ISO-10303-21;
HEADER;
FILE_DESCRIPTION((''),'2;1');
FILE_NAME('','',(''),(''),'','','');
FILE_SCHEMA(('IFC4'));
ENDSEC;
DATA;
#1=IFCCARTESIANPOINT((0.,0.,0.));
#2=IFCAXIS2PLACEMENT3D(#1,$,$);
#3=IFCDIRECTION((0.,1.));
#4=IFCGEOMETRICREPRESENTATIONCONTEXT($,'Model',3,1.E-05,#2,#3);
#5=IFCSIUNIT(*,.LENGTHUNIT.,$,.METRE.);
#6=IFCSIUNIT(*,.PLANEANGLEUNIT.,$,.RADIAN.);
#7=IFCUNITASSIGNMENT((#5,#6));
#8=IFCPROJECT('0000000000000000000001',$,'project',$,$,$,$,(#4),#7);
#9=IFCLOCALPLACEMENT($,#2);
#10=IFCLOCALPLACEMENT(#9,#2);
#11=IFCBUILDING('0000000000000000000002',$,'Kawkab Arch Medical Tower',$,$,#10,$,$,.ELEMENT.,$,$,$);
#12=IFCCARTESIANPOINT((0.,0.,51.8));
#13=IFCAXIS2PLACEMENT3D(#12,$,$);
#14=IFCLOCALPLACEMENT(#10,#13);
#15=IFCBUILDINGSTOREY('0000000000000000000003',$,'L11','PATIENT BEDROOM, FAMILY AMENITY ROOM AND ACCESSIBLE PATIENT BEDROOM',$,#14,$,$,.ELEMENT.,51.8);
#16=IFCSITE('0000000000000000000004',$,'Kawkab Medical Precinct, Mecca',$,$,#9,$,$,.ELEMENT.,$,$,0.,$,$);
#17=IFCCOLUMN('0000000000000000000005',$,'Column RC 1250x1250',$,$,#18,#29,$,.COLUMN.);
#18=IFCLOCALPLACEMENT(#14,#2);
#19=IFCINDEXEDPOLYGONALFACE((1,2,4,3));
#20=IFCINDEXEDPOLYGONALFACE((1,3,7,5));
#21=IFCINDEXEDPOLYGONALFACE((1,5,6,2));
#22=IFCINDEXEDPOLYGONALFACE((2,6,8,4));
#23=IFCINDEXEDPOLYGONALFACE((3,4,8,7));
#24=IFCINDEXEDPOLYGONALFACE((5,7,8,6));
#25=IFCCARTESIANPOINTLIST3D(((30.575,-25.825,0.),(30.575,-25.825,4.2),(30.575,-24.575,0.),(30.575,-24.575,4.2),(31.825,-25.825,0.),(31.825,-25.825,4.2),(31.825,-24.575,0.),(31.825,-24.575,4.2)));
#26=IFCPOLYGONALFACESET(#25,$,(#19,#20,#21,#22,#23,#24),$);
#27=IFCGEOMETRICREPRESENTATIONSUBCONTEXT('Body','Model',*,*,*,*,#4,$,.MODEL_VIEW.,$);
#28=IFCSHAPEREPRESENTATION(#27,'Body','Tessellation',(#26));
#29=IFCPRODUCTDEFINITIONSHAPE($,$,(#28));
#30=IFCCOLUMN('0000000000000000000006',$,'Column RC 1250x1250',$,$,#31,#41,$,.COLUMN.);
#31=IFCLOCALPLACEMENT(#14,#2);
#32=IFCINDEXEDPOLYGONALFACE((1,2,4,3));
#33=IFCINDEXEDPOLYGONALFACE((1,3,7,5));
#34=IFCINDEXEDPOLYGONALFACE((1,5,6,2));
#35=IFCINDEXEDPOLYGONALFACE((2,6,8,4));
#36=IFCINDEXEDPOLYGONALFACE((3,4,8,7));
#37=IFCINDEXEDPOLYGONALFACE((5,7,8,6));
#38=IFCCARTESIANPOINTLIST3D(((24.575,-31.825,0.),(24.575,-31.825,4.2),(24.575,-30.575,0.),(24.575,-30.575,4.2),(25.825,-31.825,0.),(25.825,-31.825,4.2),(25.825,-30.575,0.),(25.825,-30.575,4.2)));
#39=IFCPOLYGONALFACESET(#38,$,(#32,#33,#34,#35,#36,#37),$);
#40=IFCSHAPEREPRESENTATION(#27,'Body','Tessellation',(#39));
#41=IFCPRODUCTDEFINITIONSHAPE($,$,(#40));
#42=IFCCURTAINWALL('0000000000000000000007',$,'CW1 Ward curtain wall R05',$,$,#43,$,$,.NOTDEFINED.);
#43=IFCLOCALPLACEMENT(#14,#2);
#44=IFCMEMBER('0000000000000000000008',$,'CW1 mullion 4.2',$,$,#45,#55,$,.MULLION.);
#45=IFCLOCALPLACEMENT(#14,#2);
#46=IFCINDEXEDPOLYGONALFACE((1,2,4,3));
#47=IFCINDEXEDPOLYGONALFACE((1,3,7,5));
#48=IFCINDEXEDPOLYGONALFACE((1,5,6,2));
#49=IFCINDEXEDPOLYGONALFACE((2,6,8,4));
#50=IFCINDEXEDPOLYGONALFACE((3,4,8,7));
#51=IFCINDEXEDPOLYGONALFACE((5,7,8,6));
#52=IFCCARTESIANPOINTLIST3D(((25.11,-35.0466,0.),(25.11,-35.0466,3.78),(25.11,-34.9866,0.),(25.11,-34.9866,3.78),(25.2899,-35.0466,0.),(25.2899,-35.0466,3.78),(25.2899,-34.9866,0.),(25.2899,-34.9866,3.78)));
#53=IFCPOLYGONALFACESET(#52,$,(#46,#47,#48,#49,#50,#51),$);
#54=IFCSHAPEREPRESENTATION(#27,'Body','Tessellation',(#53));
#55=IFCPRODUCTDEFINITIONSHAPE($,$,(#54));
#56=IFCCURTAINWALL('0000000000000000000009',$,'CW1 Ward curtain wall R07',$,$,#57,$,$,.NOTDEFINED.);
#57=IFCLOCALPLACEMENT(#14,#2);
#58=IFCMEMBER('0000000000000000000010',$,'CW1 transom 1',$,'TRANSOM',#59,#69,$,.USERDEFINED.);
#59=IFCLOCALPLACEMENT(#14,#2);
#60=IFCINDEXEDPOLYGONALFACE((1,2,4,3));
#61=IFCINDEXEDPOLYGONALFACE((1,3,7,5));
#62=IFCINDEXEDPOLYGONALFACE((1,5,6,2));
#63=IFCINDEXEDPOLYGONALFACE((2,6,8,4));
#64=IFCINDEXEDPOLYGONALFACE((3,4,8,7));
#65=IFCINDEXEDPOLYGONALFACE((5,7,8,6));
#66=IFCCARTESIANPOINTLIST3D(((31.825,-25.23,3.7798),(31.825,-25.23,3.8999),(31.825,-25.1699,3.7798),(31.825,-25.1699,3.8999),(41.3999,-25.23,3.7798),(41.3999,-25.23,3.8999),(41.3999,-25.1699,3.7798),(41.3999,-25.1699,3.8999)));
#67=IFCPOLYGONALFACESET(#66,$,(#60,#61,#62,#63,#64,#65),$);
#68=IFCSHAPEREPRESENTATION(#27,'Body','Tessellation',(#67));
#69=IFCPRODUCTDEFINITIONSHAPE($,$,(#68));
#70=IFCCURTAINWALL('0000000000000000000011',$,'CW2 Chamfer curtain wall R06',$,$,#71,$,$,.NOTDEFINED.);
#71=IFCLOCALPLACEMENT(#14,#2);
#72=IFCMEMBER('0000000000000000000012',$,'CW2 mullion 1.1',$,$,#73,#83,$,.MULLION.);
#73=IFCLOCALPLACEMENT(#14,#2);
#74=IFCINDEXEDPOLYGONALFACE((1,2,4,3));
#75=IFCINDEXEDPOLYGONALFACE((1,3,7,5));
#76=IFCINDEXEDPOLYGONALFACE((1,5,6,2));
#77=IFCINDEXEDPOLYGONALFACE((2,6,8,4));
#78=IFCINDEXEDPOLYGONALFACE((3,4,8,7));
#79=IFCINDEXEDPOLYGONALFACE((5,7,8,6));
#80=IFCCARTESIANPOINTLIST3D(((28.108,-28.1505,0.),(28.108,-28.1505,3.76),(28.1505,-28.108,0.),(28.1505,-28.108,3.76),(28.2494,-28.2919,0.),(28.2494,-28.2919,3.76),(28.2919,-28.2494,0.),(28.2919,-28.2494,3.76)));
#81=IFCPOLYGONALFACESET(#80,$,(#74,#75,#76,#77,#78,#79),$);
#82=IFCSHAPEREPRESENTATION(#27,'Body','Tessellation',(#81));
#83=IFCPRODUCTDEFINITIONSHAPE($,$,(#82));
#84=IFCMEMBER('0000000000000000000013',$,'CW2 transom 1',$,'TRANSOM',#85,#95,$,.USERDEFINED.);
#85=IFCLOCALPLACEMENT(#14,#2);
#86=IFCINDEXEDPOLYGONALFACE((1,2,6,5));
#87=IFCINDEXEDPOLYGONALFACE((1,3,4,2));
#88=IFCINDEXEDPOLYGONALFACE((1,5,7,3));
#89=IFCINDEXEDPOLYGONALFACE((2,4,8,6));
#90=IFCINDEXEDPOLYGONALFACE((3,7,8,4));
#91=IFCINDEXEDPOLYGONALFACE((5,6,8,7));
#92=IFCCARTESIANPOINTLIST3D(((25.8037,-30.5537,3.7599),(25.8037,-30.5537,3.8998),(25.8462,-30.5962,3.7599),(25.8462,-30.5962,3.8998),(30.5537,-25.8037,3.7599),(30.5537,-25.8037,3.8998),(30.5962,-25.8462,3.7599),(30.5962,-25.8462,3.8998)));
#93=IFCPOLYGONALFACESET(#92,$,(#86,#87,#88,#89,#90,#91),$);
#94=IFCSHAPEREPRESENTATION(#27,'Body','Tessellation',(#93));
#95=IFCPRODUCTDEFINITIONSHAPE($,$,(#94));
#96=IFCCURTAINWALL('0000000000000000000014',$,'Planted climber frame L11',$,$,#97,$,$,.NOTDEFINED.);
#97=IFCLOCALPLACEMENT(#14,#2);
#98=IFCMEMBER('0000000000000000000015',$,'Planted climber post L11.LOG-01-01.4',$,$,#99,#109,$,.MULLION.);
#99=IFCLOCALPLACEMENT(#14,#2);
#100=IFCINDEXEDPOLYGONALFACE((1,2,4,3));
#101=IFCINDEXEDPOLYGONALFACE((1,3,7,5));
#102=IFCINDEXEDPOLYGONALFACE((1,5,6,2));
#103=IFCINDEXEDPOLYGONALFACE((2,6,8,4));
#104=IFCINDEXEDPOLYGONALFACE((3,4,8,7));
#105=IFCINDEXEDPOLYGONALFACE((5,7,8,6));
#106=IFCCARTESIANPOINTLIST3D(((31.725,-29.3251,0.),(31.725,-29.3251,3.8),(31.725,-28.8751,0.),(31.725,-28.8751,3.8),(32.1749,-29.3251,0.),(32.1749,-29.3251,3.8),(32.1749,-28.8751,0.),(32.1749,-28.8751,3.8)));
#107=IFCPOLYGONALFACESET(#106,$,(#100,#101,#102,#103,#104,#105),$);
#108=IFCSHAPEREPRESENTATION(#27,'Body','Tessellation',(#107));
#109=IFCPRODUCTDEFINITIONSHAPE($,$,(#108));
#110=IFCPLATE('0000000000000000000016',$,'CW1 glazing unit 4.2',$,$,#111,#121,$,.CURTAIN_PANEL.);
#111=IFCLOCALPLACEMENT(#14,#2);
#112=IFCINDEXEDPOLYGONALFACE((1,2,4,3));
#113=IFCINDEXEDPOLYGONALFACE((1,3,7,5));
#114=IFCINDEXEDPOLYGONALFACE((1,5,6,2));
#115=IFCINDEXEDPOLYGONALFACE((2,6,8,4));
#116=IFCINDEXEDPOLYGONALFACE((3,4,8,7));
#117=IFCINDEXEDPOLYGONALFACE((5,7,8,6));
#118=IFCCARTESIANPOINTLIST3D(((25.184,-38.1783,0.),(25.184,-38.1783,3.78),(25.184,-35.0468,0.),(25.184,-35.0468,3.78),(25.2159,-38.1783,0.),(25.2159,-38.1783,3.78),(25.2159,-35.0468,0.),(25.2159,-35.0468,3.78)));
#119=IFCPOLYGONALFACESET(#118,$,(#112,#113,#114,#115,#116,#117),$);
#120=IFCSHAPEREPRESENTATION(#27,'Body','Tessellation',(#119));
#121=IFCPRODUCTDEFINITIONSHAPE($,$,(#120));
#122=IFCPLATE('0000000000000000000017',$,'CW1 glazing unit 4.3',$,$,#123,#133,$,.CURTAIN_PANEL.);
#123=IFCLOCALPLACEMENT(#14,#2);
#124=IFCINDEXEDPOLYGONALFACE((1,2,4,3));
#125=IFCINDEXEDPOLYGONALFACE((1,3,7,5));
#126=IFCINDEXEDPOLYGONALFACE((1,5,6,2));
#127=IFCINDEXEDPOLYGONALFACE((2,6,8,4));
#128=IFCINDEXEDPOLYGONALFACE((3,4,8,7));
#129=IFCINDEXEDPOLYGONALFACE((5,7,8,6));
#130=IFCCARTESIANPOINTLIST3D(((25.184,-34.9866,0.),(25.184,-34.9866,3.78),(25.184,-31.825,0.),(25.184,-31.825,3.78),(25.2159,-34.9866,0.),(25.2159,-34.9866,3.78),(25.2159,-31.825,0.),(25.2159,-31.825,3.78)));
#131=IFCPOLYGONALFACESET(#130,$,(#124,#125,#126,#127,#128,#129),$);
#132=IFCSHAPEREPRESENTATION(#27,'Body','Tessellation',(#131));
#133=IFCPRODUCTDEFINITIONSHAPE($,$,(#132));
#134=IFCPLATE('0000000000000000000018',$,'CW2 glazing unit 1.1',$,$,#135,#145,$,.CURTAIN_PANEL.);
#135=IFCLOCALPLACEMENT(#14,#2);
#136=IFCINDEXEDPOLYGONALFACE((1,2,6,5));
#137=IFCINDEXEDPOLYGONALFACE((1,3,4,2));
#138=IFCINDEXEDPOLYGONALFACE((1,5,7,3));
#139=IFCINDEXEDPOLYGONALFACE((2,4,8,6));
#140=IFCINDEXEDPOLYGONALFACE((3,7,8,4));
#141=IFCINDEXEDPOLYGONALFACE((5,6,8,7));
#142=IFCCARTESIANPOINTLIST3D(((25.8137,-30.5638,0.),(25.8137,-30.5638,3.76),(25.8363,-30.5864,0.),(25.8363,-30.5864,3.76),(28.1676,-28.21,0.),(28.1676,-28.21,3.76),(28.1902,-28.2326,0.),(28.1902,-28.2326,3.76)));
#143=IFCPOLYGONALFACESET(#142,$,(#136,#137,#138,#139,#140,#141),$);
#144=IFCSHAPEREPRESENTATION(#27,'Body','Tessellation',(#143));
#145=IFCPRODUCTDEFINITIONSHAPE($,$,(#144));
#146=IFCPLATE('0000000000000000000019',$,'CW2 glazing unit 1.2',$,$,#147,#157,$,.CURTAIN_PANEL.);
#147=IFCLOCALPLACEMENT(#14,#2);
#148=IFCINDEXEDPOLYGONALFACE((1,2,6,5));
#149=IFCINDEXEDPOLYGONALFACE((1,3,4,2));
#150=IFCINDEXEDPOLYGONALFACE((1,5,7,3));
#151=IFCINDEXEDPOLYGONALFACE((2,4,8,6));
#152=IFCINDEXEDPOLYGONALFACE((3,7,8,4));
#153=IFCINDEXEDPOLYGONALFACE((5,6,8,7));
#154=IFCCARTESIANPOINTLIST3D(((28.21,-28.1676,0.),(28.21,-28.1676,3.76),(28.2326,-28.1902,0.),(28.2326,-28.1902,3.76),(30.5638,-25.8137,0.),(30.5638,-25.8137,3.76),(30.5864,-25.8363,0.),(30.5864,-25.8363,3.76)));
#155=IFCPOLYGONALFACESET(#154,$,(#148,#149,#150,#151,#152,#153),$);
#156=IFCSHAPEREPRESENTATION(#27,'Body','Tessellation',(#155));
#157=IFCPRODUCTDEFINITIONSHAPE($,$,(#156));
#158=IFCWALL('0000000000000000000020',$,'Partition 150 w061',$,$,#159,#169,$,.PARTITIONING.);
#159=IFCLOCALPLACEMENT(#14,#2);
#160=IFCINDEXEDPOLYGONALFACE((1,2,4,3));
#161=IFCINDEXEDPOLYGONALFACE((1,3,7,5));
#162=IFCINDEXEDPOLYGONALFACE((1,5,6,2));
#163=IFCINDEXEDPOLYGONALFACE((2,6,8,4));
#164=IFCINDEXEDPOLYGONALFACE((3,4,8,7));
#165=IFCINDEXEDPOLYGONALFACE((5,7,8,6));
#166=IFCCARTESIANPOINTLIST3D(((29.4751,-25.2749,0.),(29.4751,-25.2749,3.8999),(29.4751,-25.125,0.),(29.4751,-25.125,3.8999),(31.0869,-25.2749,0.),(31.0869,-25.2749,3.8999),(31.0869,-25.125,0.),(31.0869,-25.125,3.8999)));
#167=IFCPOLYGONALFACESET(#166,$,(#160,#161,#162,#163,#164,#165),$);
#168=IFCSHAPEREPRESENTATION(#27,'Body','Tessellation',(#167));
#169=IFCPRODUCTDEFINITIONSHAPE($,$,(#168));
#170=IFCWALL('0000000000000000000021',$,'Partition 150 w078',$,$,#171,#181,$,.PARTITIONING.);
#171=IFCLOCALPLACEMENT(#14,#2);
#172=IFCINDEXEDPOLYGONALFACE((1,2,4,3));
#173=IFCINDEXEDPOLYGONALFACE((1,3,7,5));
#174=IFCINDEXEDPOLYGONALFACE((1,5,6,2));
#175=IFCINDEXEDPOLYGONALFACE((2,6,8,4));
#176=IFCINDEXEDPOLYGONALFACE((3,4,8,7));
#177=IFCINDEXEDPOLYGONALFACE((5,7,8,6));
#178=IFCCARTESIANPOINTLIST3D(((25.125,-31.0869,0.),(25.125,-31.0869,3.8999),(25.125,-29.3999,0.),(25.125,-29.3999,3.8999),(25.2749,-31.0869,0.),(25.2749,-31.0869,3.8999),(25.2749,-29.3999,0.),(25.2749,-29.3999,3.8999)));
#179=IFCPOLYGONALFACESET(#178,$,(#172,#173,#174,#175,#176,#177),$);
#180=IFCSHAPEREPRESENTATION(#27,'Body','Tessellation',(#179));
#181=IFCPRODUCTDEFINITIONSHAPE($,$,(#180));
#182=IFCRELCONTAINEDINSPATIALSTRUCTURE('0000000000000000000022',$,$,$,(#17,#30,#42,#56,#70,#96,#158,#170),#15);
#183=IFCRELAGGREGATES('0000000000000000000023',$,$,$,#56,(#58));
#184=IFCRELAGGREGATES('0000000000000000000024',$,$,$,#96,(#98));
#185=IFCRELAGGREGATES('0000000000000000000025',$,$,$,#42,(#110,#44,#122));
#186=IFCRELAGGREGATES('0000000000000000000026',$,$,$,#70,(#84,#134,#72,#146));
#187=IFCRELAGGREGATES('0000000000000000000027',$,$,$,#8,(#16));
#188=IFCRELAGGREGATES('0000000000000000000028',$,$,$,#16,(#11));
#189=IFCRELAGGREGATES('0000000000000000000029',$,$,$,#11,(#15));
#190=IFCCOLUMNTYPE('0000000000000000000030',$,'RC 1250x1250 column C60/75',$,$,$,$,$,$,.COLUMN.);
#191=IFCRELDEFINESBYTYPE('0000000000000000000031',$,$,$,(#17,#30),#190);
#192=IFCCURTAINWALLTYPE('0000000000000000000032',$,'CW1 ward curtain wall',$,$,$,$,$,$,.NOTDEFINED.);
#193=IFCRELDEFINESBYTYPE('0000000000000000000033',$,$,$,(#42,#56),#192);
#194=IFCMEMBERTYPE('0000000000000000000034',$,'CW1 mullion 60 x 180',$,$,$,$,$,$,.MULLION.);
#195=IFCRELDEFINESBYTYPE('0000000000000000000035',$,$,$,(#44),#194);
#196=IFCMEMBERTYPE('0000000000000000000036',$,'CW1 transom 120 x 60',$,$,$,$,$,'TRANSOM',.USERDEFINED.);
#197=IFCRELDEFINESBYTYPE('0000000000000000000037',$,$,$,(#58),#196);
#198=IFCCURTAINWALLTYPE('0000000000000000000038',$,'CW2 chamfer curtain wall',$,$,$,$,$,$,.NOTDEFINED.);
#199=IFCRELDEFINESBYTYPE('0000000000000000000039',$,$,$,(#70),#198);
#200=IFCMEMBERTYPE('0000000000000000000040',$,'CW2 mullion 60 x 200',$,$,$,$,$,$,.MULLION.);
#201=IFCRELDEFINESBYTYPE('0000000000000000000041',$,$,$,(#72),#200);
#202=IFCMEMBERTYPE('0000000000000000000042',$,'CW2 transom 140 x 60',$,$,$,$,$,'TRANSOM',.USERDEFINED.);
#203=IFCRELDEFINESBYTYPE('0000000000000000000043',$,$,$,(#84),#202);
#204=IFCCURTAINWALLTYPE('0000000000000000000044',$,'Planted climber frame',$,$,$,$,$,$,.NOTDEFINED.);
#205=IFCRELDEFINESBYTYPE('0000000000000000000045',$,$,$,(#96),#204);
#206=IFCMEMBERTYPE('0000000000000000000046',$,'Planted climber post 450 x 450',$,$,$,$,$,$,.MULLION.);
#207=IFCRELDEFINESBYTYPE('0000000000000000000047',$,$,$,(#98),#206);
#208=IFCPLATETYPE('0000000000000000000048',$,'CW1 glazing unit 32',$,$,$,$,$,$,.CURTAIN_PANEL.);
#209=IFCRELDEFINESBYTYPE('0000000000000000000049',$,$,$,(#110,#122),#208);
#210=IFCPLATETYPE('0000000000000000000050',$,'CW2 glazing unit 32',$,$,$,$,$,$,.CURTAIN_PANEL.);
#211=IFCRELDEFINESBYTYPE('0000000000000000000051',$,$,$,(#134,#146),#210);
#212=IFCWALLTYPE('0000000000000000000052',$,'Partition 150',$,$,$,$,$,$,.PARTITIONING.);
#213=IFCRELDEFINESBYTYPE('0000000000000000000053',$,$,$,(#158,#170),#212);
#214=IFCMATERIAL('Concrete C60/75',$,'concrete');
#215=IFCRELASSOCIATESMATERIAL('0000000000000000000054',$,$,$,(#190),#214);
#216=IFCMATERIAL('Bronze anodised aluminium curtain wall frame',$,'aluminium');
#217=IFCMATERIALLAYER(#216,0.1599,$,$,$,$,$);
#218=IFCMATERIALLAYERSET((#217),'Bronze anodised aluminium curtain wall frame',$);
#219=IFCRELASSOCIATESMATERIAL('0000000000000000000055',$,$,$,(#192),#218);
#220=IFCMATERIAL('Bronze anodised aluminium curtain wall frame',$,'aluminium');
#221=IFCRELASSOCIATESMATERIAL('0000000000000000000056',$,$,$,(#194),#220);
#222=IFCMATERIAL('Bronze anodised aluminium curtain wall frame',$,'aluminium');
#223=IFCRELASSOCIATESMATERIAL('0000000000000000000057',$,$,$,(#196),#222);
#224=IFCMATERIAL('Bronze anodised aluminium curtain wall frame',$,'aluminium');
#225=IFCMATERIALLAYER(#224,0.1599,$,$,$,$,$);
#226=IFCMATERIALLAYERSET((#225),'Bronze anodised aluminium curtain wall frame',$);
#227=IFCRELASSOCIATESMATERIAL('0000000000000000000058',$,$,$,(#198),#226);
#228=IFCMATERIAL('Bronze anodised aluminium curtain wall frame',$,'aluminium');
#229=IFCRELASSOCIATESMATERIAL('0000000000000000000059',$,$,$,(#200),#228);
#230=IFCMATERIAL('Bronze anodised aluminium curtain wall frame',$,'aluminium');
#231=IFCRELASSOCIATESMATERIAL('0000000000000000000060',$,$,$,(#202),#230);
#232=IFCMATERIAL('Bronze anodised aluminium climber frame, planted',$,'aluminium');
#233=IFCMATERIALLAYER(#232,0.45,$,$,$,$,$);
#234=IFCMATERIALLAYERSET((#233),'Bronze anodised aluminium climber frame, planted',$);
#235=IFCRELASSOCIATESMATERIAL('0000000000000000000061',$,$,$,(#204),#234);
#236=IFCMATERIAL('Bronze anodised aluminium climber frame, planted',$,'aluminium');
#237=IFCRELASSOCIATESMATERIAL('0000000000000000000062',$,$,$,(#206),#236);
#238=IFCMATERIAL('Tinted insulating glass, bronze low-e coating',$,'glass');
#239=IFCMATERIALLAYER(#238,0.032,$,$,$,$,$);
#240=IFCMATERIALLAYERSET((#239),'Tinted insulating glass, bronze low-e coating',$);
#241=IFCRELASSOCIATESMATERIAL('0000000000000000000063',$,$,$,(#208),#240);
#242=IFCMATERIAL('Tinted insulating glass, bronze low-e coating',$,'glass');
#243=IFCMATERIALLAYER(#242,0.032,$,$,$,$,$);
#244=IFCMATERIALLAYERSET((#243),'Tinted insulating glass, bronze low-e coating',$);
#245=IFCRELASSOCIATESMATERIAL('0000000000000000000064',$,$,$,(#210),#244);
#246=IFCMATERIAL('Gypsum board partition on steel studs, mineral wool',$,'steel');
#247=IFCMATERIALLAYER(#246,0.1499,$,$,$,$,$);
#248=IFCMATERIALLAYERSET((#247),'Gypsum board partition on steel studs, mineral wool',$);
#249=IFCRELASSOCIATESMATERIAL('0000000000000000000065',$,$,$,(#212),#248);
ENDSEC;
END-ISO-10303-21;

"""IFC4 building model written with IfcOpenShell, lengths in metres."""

from ifc_helpers import new_model, si_unit, direction, frame, frame_2d, origin, origin_2d, place, context, subcontext, project, spatial, rectangle, extrude, material, layer, layer_set, material_profile, profile_set, type_object, element, aggregate, save


model = new_model("IFC4")

# Units and contexts
model_context = context("Model", 3, precision=1e-05, world=origin(), true_north=direction((0.0, 1.0)))
body_context = subcontext(model_context, "Body", "Model", "MODEL_VIEW")
ifc_project = project(units=[si_unit("LENGTHUNIT", "METRE"), si_unit("PLANEANGLEUNIT", "RADIAN")], contexts=[model_context])

# Site, building, storey
site_placement = place(None, origin())
site = spatial("IfcSite", under=ifc_project, at=site_placement, Name="Kawkab Medical Precinct, Mecca", CompositionType="ELEMENT", RefElevation=0.0)
building_placement = place(site_placement, origin())
building = spatial("IfcBuilding", under=site, at=building_placement, Name="Kawkab Arch Medical Tower", CompositionType="ELEMENT")
storey_placement = place(building_placement, frame((0.0, 0.0, 51.8)))
storey = spatial("IfcBuildingStorey", under=building, at=storey_placement, Name="L11", Description="PATIENT BEDROOM, FAMILY AMENITY ROOM AND ACCESSIBLE PATIENT BEDROOM", CompositionType="ELEMENT", Elevation=51.8)

# Columns
ifc_material_1 = material(Name="Concrete C60/75", Category="concrete")
ifc_material_profile_1 = material_profile(ifc_material_1, rectangle(XDim=1.25, YDim=1.25, at=origin_2d()), Name="RC 1250x1250")
ifc_profile_set_1 = profile_set([ifc_material_profile_1], Name="Concrete C60/75")
column_type = type_object("IfcColumnType", Name="RC 1250x1250 column C60/75", PredefinedType="COLUMN", material=ifc_profile_set_1)
for number, where, z_axis, x_axis, name in (
    (1, (31.2, -25.2, 0.0), (0.0, 0.0, 1.0), (1.0, 0.0, 0.0), "Column RC 1250x1250"),
    (2, (25.2, -31.2, 0.0), (0.0, 0.0, 1.0), (1.0, 0.0, 0.0), "Column RC 1250x1250"),
):
    element("IfcColumn", number, at=place(storey_placement, frame(where, z_axis=z_axis, x_axis=x_axis)), inside=storey, type_object=column_type, Name=name, PredefinedType="COLUMN", context=body_context, shape_type="SweptSolid", body=[
        extrude(rectangle(XDim=1.25, YDim=1.25, at=origin_2d()), origin(), (0.0, 0.0, 1.0), 4.2),
    ])

# Curtain walls, members
ifc_material_2 = material(Name="Bronze anodised aluminium curtain wall frame", Category="aluminium")
ifc_layer_1 = layer(ifc_material_2, 0.1599)
ifc_layer_set_1 = layer_set([ifc_layer_1], Name="Bronze anodised aluminium curtain wall frame")
curtain_wall_type_1 = type_object("IfcCurtainWallType", Name="CW1 ward curtain wall", PredefinedType="NOTDEFINED", material=ifc_layer_set_1)
placement = place(storey_placement, origin())
curtain_wall_1 = element("IfcCurtainWall", 3, at=placement, inside=storey, type_object=curtain_wall_type_1, Name="CW1 Ward curtain wall R05", PredefinedType="NOTDEFINED")
ifc_material_3 = material(Name="Bronze anodised aluminium curtain wall frame", Category="aluminium")
ifc_material_profile_2 = material_profile(ifc_material_3, rectangle(XDim=0.1799, YDim=0.0601, at=origin_2d()), Name="AL 60x180")
ifc_profile_set_2 = profile_set([ifc_material_profile_2], Name="Bronze anodised aluminium curtain wall frame")
member_type_1 = type_object("IfcMemberType", Name="CW1 mullion 60 x 180", PredefinedType="MULLION", material=ifc_profile_set_2)
member_1_placement = place(storey_placement, frame((25.2, -35.0166, 0.0), z_axis=(0.0, 0.0, 1.0), x_axis=(-1.0, 0.0, 0.0)))
member_1 = element("IfcMember", 4, at=member_1_placement, type_object=member_type_1, Name="CW1 mullion 4.2", PredefinedType="MULLION", context=body_context, shape_type="SweptSolid", body=[
    extrude(rectangle(XDim=0.1799, YDim=0.0601, at=origin_2d()), origin(), (0.0, 0.0, 1.0), 3.78),
])
curtain_wall_2 = element("IfcCurtainWall", 5, at=placement, inside=storey, type_object=curtain_wall_type_1, Name="CW1 Ward curtain wall R07", PredefinedType="NOTDEFINED")
ifc_material_4 = material(Name="Bronze anodised aluminium curtain wall frame", Category="aluminium")
ifc_material_profile_3 = material_profile(ifc_material_4, rectangle(XDim=0.0601, YDim=0.1201, at=origin_2d()), Name="AL 60x120")
ifc_profile_set_3 = profile_set([ifc_material_profile_3], Name="Bronze anodised aluminium curtain wall frame")
member_type_2 = type_object("IfcMemberType", Name="CW1 transom 120 x 60", ElementType="TRANSOM", PredefinedType="USERDEFINED", material=ifc_profile_set_3)
member_2_placement = place(storey_placement, frame((31.825, -25.2, 3.8398), z_axis=(1.0, 0.0, 0.0), x_axis=(0.0, 1.0, 0.0)))
member_2 = element("IfcMember", 6, at=member_2_placement, type_object=member_type_2, Name="CW1 transom 1", ObjectType="TRANSOM", PredefinedType="USERDEFINED", context=body_context, shape_type="SweptSolid", body=[
    extrude(rectangle(XDim=0.0601, YDim=0.1201, at=origin_2d()), origin(), (0.0, 0.0, 1.0), 9.575),
])
aggregate(curtain_wall_2, [member_2])

# Curtain wall, members
ifc_material_5 = material(Name="Bronze anodised aluminium curtain wall frame", Category="aluminium")
ifc_layer_2 = layer(ifc_material_5, 0.1599)
ifc_layer_set_2 = layer_set([ifc_layer_2], Name="Bronze anodised aluminium curtain wall frame")
curtain_wall_type_2 = type_object("IfcCurtainWallType", Name="CW2 chamfer curtain wall", PredefinedType="NOTDEFINED", material=ifc_layer_set_2)
curtain_wall_3 = element("IfcCurtainWall", 7, at=placement, inside=storey, type_object=curtain_wall_type_2, Name="CW2 Chamfer curtain wall R06", PredefinedType="NOTDEFINED")
ifc_material_6 = material(Name="Bronze anodised aluminium curtain wall frame", Category="aluminium")
ifc_material_profile_4 = material_profile(ifc_material_6, rectangle(XDim=0.2, YDim=0.0601, at=origin_2d()), Name="AL 60x200")
ifc_profile_set_4 = profile_set([ifc_material_profile_4], Name="Bronze anodised aluminium curtain wall frame")
member_type_3 = type_object("IfcMemberType", Name="CW2 mullion 60 x 200", PredefinedType="MULLION", material=ifc_profile_set_4)
member_3_placement = place(storey_placement, frame((28.2, -28.2, 0.0), z_axis=(0.0, 0.0, 1.0), x_axis=(-0.707107, 0.707107, 0.0)))
member_3 = element("IfcMember", 8, at=member_3_placement, type_object=member_type_3, Name="CW2 mullion 1.1", PredefinedType="MULLION", context=body_context, shape_type="SweptSolid", body=[
    extrude(rectangle(XDim=0.2, YDim=0.0601, at=origin_2d()), origin(), (0.0, 0.0, 1.0), 3.76),
])
ifc_material_7 = material(Name="Bronze anodised aluminium curtain wall frame", Category="aluminium")
ifc_material_profile_5 = material_profile(ifc_material_7, rectangle(XDim=0.0601, YDim=0.1399, at=origin_2d()), Name="AL 60x140")
ifc_profile_set_5 = profile_set([ifc_material_profile_5], Name="Bronze anodised aluminium curtain wall frame")
member_type_4 = type_object("IfcMemberType", Name="CW2 transom 140 x 60", ElementType="TRANSOM", PredefinedType="USERDEFINED", material=ifc_profile_set_5)
member_4_placement = place(storey_placement, frame((25.825, -30.575, 3.8298), z_axis=(0.707107, 0.707107, 0.0), x_axis=(-0.707107, 0.707107, 0.0)))
member_4 = element("IfcMember", 9, at=member_4_placement, type_object=member_type_4, Name="CW2 transom 1", ObjectType="TRANSOM", PredefinedType="USERDEFINED", context=body_context, shape_type="SweptSolid", body=[
    extrude(rectangle(XDim=0.0601, YDim=0.1399, at=origin_2d()), origin(), (0.0, 0.0, 1.0), 6.7175),
])

# Curtain wall, member
ifc_material_8 = material(Name="Bronze anodised aluminium climber frame, planted", Category="aluminium")
ifc_layer_3 = layer(ifc_material_8, 0.45)
ifc_layer_set_3 = layer_set([ifc_layer_3], Name="Bronze anodised aluminium climber frame, planted")
curtain_wall_type_3 = type_object("IfcCurtainWallType", Name="Planted climber frame", PredefinedType="NOTDEFINED", material=ifc_layer_set_3)
curtain_wall_4 = element("IfcCurtainWall", 10, at=placement, inside=storey, type_object=curtain_wall_type_3, Name="Planted climber frame L11", PredefinedType="NOTDEFINED")
ifc_material_9 = material(Name="Bronze anodised aluminium climber frame, planted", Category="aluminium")
ifc_material_profile_6 = material_profile(ifc_material_9, rectangle(XDim=0.45, YDim=0.45, at=origin_2d()), Name="Post 450x450")
ifc_profile_set_6 = profile_set([ifc_material_profile_6], Name="Bronze anodised aluminium climber frame, planted")
member_type_5 = type_object("IfcMemberType", Name="Planted climber post 450 x 450", PredefinedType="MULLION", material=ifc_profile_set_6)
member_5_placement = place(storey_placement, frame((31.95, -29.1001, 0.0), z_axis=(0.0, 0.0, 1.0), x_axis=(1.0, 0.0, 0.0)))
member_5 = element("IfcMember", 11, at=member_5_placement, type_object=member_type_5, Name="Planted climber post L11.LOG-01-01.4", PredefinedType="MULLION", context=body_context, shape_type="SweptSolid", body=[
    extrude(rectangle(XDim=0.45, YDim=0.45, at=origin_2d()), origin(), (0.0, 0.0, 1.0), 3.8),
])
aggregate(curtain_wall_4, [member_5])

# Plates
ifc_material_10 = material(Name="Tinted insulating glass, bronze low-e coating", Category="glass")
ifc_layer_4 = layer(ifc_material_10, 0.032)
ifc_layer_set_4 = layer_set([ifc_layer_4], Name="Tinted insulating glass, bronze low-e coating")
plate_type_1 = type_object("IfcPlateType", Name="CW1 glazing unit 32", PredefinedType="CURTAIN_PANEL", material=ifc_layer_set_4)
plate_1_placement = place(storey_placement, frame((25.2, -36.6125, 0.0), z_axis=(0.0, 0.0, 1.0), x_axis=(0.0, 1.0, 0.0)))
plate_1 = element("IfcPlate", 12, at=plate_1_placement, type_object=plate_type_1, Name="CW1 glazing unit 4.2", PredefinedType="CURTAIN_PANEL", context=body_context, shape_type="SweptSolid", body=[
    extrude(rectangle(XDim=3.1316, YDim=0.032, at=origin_2d()), origin(), (0.0, 0.0, 1.0), 3.78),
])
plate_2_placement = place(storey_placement, frame((25.2, -33.4058, 0.0), z_axis=(0.0, 0.0, 1.0), x_axis=(0.0, 1.0, 0.0)))
plate_2 = element("IfcPlate", 13, at=plate_2_placement, type_object=plate_type_1, Name="CW1 glazing unit 4.3", PredefinedType="CURTAIN_PANEL", context=body_context, shape_type="SweptSolid", body=[
    extrude(rectangle(XDim=3.1616, YDim=0.032, at=origin_2d()), origin(), (0.0, 0.0, 1.0), 3.78),
])
aggregate(curtain_wall_1, [plate_1, member_1, plate_2])
ifc_material_11 = material(Name="Tinted insulating glass, bronze low-e coating", Category="glass")
ifc_layer_5 = layer(ifc_material_11, 0.032)
ifc_layer_set_5 = layer_set([ifc_layer_5], Name="Tinted insulating glass, bronze low-e coating")
plate_type_2 = type_object("IfcPlateType", Name="CW2 glazing unit 32", PredefinedType="CURTAIN_PANEL", material=ifc_layer_set_5)
plate_3_placement = place(storey_placement, frame((27.002, -29.3982, 0.0), z_axis=(0.0, 0.0, 1.0), x_axis=(0.707107, 0.707107, 0.0)))
plate_3 = element("IfcPlate", 14, at=plate_3_placement, type_object=plate_type_2, Name="CW2 glazing unit 1.1", PredefinedType="CURTAIN_PANEL", context=body_context, shape_type="SweptSolid", body=[
    extrude(rectangle(XDim=3.3289, YDim=0.032, at=origin_2d()), origin(), (0.0, 0.0, 1.0), 3.76),
])
plate_4_placement = place(storey_placement, frame((29.3982, -27.002, 0.0), z_axis=(0.0, 0.0, 1.0), x_axis=(0.707107, 0.707107, 0.0)))
plate_4 = element("IfcPlate", 15, at=plate_4_placement, type_object=plate_type_2, Name="CW2 glazing unit 1.2", PredefinedType="CURTAIN_PANEL", context=body_context, shape_type="SweptSolid", body=[
    extrude(rectangle(XDim=3.3289, YDim=0.032, at=origin_2d()), origin(), (0.0, 0.0, 1.0), 3.76),
])
aggregate(curtain_wall_3, [member_4, plate_3, member_3, plate_4])

# Walls
ifc_material_12 = material(Name="Gypsum board partition on steel studs, mineral wool", Category="steel")
ifc_layer_6 = layer(ifc_material_12, 0.1499)
ifc_layer_set_6 = layer_set([ifc_layer_6], Name="Gypsum board partition on steel studs, mineral wool")
wall_type = type_object("IfcWallType", Name="Partition 150", PredefinedType="PARTITIONING", material=ifc_layer_set_6)
wall_1_placement = place(storey_placement, frame((29.4751, -25.2, 0.0), z_axis=(0.0, 0.0, 1.0), x_axis=(1.0, 0.0, 0.0)))
element("IfcWall", 16, at=wall_1_placement, inside=storey, type_object=wall_type, Name="Partition 150 w061", PredefinedType="PARTITIONING", context=body_context, shape_type="SweptSolid", body=[
    extrude(rectangle(XDim=1.6118, YDim=0.1499, at=frame_2d((0.8059, 0.0))), origin(), (0.0, 0.0, 1.0), 3.8999),
])
wall_2_placement = place(storey_placement, frame((25.2, -31.0869, 0.0), z_axis=(0.0, 0.0, 1.0), x_axis=(0.0, 1.0, 0.0)))
element("IfcWall", 17, at=wall_2_placement, inside=storey, type_object=wall_type, Name="Partition 150 w078", PredefinedType="PARTITIONING", context=body_context, shape_type="SweptSolid", body=[
    extrude(rectangle(XDim=1.687, YDim=0.1499, at=frame_2d((0.8435, 0.0))), origin(), (0.0, 0.0, 1.0), 3.8999),
])

save(model, "model.ifc")
